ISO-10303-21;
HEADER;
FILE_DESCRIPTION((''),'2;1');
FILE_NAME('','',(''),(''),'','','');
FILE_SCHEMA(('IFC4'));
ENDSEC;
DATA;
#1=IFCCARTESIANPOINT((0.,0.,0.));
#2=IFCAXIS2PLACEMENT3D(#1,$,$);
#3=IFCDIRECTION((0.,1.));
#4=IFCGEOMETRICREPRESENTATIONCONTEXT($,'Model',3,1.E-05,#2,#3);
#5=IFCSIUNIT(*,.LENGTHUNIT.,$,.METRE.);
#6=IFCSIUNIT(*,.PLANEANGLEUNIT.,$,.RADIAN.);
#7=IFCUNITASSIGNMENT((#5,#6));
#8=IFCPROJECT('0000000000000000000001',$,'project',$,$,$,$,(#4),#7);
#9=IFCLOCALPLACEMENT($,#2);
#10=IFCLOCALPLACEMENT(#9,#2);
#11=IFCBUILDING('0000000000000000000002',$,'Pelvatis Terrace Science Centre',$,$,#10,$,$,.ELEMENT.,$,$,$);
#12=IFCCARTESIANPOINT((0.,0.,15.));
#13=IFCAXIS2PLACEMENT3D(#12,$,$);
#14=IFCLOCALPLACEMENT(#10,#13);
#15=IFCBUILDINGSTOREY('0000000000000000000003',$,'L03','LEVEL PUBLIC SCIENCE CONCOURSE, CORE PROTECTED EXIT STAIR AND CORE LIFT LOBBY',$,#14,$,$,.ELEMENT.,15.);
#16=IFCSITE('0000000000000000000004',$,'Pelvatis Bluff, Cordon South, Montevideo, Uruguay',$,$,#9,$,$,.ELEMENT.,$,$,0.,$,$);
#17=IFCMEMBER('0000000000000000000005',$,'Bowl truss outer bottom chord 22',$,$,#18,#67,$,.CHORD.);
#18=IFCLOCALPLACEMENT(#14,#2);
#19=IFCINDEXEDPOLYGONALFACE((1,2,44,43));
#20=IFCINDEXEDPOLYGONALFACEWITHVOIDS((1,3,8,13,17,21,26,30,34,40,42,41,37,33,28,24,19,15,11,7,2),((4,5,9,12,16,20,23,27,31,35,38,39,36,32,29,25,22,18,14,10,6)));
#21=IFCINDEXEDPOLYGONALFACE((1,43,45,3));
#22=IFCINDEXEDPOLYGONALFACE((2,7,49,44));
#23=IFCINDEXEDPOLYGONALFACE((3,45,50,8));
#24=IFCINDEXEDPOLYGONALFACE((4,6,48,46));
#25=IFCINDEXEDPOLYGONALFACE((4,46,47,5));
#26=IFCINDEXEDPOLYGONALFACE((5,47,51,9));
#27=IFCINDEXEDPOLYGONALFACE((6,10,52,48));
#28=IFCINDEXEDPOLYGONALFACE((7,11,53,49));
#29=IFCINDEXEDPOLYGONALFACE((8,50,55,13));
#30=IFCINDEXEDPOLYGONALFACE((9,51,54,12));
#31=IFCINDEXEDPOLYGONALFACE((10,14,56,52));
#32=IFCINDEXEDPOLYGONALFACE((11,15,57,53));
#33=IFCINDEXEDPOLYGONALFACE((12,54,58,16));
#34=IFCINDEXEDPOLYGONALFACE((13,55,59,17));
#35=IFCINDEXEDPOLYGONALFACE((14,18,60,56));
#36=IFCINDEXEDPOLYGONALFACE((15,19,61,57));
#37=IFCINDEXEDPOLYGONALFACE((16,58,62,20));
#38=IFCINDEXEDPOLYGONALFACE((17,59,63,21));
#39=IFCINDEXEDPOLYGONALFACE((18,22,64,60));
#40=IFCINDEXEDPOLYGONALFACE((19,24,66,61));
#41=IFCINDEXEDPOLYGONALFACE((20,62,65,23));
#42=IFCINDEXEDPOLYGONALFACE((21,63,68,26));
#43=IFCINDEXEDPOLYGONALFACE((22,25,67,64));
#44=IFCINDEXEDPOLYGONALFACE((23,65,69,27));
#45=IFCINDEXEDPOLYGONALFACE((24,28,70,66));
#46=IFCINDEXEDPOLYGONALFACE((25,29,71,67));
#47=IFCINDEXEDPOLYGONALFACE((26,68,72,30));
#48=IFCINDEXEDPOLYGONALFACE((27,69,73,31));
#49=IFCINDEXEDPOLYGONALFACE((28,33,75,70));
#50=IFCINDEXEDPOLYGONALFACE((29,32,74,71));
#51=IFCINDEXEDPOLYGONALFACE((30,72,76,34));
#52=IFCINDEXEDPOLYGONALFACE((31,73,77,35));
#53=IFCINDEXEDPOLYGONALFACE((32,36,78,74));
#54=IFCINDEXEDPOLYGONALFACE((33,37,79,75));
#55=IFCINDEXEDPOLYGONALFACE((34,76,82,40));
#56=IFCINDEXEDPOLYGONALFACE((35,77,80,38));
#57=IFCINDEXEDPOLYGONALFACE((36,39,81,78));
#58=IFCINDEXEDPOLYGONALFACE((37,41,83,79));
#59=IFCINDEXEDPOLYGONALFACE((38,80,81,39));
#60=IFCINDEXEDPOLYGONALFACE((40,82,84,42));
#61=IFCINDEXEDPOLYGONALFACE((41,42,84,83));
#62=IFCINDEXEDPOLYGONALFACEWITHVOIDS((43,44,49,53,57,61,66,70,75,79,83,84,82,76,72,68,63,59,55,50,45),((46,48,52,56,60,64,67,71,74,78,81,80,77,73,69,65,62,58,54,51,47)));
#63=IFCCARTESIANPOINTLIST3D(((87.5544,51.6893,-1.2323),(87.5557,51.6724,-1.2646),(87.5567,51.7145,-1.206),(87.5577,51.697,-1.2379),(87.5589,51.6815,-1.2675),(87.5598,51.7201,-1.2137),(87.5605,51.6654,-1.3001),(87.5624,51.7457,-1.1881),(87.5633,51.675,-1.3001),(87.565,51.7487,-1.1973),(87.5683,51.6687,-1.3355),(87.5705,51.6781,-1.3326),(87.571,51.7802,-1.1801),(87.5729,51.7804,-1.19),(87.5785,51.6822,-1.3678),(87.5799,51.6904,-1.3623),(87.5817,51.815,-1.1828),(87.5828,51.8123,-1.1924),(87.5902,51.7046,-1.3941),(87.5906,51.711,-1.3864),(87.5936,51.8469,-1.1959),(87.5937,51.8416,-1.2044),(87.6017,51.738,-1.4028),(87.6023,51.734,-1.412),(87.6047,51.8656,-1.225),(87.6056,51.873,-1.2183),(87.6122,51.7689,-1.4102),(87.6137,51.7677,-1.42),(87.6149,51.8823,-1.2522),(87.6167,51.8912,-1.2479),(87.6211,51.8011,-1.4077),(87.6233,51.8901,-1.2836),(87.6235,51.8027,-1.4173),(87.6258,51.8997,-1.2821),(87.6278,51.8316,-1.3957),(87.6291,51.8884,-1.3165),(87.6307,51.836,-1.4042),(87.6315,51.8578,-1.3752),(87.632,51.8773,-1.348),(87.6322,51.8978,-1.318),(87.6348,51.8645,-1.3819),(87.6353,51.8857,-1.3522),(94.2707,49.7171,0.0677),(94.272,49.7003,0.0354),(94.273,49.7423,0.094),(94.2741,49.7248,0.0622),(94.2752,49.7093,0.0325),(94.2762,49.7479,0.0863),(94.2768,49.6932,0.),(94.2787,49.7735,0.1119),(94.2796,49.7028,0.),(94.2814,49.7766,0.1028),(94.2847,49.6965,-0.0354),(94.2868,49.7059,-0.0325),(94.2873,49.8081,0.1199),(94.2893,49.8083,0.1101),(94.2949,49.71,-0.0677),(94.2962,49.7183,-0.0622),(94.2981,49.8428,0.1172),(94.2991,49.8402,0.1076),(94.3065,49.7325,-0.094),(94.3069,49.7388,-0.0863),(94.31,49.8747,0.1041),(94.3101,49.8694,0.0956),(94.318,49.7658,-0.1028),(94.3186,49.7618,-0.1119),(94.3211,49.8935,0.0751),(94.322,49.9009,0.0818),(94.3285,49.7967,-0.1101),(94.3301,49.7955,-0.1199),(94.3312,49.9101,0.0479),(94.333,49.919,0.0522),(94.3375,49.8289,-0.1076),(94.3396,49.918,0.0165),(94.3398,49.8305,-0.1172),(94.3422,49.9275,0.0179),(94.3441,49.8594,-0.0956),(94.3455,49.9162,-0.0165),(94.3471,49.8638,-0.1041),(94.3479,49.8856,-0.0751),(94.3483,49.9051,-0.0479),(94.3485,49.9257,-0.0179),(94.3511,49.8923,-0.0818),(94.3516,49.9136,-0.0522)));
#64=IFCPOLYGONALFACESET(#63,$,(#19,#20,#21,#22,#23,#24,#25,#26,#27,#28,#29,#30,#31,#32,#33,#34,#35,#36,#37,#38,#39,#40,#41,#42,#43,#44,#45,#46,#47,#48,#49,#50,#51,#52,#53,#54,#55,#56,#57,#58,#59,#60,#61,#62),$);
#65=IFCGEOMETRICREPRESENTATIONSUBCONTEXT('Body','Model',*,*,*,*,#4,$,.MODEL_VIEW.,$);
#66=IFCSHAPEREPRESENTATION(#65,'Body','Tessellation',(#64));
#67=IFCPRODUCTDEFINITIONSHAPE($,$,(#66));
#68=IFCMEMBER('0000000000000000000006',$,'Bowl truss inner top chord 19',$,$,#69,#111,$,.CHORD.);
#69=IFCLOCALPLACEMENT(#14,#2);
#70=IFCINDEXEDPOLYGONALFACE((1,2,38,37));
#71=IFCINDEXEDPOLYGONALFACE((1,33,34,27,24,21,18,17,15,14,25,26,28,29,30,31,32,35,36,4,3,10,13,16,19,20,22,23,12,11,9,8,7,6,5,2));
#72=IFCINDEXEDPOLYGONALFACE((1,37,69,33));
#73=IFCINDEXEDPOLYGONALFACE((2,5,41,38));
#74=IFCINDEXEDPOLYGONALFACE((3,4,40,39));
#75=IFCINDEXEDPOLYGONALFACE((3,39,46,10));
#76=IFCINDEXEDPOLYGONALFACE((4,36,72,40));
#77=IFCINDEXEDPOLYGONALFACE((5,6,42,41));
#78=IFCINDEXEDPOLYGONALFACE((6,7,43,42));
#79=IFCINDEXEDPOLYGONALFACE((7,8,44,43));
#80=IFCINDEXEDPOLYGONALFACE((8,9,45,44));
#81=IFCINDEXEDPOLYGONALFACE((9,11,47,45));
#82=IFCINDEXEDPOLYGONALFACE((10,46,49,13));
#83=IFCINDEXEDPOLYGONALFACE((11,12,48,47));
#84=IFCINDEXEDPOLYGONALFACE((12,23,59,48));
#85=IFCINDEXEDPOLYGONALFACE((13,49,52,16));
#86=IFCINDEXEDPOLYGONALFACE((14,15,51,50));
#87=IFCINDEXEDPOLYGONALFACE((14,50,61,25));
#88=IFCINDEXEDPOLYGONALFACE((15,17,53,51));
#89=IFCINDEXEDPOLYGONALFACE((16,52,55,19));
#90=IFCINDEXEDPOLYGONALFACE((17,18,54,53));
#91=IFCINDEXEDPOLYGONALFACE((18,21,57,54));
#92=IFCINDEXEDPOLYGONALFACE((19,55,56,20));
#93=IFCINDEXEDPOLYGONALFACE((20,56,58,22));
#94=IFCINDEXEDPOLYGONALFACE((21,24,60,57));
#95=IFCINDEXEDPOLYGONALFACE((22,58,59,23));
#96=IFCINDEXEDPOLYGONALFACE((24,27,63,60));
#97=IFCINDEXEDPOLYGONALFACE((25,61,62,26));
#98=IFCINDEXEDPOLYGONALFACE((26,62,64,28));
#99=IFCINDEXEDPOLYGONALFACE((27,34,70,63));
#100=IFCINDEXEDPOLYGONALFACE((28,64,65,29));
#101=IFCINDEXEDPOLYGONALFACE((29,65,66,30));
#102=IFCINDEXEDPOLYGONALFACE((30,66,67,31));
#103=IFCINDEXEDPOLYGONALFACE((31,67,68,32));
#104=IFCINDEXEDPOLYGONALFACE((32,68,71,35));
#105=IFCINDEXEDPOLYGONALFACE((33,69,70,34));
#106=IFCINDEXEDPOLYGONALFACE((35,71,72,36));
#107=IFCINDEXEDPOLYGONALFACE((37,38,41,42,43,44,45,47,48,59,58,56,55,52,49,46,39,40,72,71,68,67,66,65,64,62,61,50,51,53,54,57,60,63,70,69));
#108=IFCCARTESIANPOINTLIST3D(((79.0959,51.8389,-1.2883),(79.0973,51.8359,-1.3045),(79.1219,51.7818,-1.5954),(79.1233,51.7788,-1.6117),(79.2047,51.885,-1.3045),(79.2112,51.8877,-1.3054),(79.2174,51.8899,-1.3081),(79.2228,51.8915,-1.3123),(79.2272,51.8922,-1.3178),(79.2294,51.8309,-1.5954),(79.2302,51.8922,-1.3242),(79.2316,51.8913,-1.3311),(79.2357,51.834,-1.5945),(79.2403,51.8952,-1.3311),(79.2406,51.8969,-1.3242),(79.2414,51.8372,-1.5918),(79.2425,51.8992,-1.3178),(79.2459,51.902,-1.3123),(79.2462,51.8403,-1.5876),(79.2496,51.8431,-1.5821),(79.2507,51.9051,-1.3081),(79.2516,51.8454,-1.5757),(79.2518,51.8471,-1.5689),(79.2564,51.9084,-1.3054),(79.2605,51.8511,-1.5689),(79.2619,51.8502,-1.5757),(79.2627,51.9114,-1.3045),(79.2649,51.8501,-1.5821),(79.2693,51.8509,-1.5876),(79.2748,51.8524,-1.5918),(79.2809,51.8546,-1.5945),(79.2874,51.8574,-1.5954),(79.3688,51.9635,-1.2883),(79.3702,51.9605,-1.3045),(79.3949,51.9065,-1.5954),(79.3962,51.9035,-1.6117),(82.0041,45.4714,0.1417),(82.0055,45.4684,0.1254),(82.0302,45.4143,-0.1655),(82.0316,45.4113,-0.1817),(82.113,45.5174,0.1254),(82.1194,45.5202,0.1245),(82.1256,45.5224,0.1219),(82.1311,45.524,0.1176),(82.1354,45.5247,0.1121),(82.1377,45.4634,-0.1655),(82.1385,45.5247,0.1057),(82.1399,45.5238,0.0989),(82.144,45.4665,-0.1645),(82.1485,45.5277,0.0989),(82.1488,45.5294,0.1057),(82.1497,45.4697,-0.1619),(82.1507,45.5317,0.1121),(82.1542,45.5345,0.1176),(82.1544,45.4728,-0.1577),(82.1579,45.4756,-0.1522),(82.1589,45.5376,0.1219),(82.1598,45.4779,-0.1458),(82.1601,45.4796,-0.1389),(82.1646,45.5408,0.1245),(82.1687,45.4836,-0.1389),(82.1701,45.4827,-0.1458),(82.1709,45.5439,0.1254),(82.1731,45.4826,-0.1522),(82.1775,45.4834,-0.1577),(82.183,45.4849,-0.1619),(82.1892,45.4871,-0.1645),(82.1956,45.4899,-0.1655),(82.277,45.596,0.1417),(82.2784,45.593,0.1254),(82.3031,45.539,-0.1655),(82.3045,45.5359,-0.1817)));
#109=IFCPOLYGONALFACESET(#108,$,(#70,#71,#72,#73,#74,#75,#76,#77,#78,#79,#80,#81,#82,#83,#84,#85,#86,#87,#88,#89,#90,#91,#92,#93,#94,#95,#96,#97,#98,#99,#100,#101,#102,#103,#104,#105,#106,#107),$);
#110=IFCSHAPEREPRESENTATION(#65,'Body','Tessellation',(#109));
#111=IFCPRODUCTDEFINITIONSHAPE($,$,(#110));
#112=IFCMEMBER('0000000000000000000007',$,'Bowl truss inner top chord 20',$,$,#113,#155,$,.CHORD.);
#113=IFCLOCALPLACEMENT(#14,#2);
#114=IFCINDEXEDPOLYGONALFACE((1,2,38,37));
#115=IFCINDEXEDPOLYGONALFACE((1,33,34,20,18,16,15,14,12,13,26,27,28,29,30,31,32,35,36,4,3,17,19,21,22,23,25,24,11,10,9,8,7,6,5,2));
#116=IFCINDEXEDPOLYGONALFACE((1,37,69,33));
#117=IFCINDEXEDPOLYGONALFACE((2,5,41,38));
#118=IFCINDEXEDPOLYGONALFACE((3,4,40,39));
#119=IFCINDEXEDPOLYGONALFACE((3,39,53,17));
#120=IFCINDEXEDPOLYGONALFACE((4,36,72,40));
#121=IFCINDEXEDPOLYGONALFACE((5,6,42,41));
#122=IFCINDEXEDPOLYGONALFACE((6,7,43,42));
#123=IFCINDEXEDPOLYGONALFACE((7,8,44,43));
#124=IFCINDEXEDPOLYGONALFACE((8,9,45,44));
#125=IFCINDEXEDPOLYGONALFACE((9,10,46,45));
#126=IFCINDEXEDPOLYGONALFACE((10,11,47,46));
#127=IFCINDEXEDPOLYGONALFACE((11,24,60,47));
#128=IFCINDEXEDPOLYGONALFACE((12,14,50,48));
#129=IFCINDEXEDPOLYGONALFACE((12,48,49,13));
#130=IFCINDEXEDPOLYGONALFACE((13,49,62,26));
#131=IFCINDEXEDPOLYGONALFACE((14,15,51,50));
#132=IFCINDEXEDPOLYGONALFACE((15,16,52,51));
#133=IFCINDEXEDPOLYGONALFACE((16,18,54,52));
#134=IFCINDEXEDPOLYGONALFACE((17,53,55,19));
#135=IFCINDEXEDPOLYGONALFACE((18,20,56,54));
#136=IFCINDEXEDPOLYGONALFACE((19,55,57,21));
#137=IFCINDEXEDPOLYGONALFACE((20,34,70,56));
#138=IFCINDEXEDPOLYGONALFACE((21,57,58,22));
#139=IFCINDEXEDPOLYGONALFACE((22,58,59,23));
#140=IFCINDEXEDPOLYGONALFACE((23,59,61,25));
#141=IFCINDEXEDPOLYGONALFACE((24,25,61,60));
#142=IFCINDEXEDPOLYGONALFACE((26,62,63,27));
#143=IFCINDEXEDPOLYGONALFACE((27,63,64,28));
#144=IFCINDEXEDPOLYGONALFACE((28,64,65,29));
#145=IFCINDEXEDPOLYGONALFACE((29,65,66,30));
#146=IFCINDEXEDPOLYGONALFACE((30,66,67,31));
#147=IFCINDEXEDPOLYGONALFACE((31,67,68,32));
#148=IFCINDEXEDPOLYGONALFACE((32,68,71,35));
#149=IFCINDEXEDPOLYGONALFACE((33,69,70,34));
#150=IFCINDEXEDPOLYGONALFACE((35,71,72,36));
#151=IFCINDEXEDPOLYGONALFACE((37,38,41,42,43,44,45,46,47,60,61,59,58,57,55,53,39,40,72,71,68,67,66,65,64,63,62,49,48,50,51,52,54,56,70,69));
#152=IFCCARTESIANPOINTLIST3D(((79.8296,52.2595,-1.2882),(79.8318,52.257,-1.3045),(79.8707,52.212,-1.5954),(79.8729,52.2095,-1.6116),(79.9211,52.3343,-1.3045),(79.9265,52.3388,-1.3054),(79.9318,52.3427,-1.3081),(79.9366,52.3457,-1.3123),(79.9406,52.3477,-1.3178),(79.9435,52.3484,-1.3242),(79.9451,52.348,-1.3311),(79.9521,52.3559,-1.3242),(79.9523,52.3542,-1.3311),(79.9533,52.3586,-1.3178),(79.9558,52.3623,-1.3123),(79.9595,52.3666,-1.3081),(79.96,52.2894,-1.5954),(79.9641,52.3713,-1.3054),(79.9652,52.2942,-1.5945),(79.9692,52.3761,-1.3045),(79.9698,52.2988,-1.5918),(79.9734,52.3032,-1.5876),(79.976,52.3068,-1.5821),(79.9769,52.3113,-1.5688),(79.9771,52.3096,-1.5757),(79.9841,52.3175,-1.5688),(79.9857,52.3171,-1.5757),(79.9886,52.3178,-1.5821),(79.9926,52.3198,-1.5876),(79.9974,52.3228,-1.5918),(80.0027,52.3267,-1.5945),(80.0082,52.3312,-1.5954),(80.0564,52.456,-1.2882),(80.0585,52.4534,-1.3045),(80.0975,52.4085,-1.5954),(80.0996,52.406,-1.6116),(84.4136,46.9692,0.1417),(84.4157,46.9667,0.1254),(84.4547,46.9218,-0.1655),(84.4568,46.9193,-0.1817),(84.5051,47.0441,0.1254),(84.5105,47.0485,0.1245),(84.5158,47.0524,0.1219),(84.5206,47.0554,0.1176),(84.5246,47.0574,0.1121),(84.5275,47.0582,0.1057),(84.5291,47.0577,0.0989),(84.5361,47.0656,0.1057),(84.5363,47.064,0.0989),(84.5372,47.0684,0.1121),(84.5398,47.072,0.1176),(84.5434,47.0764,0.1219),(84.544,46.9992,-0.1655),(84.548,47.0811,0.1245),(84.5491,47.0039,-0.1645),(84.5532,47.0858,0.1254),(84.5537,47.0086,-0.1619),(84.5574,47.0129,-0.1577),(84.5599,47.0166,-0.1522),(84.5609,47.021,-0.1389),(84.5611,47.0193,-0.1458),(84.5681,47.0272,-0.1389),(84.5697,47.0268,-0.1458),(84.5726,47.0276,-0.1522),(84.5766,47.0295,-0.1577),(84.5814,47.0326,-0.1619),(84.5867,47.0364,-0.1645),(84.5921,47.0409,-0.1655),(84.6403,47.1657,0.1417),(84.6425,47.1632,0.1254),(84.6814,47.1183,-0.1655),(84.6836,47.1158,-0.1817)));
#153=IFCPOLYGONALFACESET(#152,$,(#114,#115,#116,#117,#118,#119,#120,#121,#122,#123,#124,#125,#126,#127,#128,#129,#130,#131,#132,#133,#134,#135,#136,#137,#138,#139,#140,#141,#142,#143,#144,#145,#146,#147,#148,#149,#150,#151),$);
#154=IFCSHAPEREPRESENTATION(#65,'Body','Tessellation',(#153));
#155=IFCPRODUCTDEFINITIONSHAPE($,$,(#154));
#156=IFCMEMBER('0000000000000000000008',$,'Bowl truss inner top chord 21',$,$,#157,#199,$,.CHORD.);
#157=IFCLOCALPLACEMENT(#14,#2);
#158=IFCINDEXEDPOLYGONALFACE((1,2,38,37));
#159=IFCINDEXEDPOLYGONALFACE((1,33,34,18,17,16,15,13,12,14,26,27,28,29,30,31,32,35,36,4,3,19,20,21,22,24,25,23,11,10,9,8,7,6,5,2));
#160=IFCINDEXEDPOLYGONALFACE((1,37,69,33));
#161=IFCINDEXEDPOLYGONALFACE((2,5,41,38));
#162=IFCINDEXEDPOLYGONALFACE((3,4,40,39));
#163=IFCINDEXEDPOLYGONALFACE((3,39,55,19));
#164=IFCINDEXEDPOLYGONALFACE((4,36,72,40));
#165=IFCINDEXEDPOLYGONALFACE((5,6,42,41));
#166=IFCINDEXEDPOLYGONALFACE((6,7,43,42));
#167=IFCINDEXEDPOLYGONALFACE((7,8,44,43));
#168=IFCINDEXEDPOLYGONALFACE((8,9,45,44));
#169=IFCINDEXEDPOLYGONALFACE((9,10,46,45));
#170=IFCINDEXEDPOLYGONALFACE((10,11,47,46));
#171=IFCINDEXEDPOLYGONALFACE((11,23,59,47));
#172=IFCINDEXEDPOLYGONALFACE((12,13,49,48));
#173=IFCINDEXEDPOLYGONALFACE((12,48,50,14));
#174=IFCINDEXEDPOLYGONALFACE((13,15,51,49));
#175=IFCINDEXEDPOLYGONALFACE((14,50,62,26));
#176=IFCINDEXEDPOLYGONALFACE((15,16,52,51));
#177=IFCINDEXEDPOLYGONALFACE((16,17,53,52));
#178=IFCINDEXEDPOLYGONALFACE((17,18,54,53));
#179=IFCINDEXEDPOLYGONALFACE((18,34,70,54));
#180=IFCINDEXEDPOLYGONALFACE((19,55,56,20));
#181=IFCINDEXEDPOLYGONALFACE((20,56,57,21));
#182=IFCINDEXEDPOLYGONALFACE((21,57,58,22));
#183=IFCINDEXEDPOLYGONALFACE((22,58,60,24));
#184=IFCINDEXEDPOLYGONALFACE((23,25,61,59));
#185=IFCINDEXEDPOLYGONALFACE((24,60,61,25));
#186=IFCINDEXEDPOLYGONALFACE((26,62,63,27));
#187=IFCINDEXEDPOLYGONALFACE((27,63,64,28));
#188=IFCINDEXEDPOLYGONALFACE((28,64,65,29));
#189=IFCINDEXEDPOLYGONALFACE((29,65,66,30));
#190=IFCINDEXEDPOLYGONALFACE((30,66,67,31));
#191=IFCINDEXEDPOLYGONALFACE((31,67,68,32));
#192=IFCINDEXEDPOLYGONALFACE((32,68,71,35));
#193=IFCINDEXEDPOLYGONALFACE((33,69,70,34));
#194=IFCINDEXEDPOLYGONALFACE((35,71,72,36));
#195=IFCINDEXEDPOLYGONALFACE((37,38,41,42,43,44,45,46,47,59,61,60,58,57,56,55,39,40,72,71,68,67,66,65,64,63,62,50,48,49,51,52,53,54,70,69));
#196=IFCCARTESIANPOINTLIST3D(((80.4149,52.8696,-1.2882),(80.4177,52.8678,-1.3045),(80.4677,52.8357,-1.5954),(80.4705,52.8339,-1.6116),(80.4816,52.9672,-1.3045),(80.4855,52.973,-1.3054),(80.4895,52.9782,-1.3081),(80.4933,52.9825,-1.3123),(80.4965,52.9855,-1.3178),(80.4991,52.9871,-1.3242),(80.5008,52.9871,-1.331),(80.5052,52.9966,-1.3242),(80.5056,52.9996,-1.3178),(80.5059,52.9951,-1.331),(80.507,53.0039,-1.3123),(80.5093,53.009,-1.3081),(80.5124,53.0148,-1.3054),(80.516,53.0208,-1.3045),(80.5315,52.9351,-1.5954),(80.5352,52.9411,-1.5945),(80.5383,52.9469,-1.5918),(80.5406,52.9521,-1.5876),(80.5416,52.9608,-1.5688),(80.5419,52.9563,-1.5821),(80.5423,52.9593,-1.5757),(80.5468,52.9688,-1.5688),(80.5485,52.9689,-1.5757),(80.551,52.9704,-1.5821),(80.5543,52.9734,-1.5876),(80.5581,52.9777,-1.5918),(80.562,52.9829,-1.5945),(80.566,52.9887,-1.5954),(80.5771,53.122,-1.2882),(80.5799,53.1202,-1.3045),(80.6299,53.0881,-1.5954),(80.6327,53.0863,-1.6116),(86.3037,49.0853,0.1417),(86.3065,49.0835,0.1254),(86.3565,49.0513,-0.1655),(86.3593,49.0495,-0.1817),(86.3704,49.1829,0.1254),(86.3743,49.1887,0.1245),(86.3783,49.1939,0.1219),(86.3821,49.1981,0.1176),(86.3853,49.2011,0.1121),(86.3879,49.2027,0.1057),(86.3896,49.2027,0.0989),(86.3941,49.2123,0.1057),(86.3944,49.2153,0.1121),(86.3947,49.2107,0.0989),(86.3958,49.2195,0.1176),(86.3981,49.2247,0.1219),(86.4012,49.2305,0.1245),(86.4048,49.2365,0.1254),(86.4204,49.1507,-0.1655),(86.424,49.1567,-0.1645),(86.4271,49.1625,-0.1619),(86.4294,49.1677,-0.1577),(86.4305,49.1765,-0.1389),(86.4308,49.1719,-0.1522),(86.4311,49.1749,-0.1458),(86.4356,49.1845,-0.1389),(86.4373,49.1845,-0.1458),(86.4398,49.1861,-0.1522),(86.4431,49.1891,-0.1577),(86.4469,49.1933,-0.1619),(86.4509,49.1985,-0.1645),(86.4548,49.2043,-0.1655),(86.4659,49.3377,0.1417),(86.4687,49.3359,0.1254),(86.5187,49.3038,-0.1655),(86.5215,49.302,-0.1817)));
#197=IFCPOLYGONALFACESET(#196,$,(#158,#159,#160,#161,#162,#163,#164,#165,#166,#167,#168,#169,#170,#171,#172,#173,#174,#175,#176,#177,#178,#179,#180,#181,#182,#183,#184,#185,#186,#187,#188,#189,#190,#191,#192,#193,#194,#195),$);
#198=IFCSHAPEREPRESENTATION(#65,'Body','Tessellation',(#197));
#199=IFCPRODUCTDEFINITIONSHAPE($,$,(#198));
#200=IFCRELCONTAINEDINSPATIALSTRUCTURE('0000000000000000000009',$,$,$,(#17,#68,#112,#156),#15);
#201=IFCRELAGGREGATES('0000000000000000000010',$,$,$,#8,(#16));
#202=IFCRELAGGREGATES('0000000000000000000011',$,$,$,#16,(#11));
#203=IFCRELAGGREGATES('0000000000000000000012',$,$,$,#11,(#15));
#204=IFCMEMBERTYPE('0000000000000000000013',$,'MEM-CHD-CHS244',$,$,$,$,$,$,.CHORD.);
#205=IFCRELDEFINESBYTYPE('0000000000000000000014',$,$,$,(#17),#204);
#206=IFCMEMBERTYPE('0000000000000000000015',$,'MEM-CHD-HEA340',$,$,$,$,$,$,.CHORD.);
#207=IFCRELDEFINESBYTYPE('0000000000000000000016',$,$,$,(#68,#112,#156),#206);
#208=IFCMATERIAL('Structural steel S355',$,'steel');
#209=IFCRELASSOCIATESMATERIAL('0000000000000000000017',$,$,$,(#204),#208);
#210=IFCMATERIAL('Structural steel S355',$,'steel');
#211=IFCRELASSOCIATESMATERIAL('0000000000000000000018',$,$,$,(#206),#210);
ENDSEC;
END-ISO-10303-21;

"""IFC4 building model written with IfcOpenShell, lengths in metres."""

from ifc_helpers import new_model, si_unit, direction, frame, origin, origin_2d, place, context, subcontext, project, spatial, hollow_circle, i_section, extrude, material, material_profile, profile_set, type_object, element, save


model = new_model("IFC4")

# Units and contexts
model_context = context("Model", 3, precision=1e-05, world=origin(), true_north=direction((0.0, 1.0)))
body_context = subcontext(model_context, "Body", "Model", "MODEL_VIEW")
ifc_project = project(units=[si_unit("LENGTHUNIT", "METRE"), si_unit("PLANEANGLEUNIT", "RADIAN")], contexts=[model_context])

# Site, building, storey
site_placement = place(None, origin())
site = spatial("IfcSite", under=ifc_project, at=site_placement, Name="Pelvatis Bluff, Cordon South, Montevideo, Uruguay", CompositionType="ELEMENT", RefElevation=0.0)
building_placement = place(site_placement, origin())
building = spatial("IfcBuilding", under=site, at=building_placement, Name="Pelvatis Terrace Science Centre", CompositionType="ELEMENT")
storey_placement = place(building_placement, frame((0.0, 0.0, 15.0)))
storey = spatial("IfcBuildingStorey", under=building, at=storey_placement, Name="L03", Description="LEVEL PUBLIC SCIENCE CONCOURSE, CORE PROTECTED EXIT STAIR AND CORE LIFT LOBBY", CompositionType="ELEMENT", Elevation=15.0)

# Members
ifc_material_1 = material(Name="Structural steel S355", Category="steel")
ifc_material_profile_1 = material_profile(ifc_material_1, hollow_circle(Radius=0.1223, WallThickness=0.01, at=origin_2d()), Name="CHS 244.5x10.0")
ifc_profile_set_1 = profile_set([ifc_material_profile_1], Name="Structural steel S355")
member_type_1 = type_object("IfcMemberType", Name="MEM-CHD-CHS244", PredefinedType="CHORD", material=ifc_profile_set_1)
member_1_placement = place(storey_placement, frame((94.3113, 49.8105, 0.0), z_axis=(-0.943358, 0.277006, -0.182602), x_axis=(-0.281743, -0.95949, 0.0)))
element("IfcMember", 1, at=member_1_placement, inside=storey, type_object=member_type_1, Name="Bowl truss outer bottom chord 22", PredefinedType="CHORD", context=body_context, shape_type="SweptSolid", body=[
    extrude(hollow_circle(Radius=0.1223, WallThickness=0.01, at=origin_2d()), origin(), (0.0, 0.0, 1.0), 7.1196),
])
ifc_material_2 = material(Name="Structural steel S355", Category="steel")
ifc_material_profile_2 = material_profile(ifc_material_2, i_section(OverallWidth=0.3, OverallDepth=0.3301, WebThickness=0.0095, FlangeThickness=0.0166, FilletRadius=0.0271, at=origin_2d()), Name="HEA 340")
ifc_profile_set_2 = profile_set([ifc_material_profile_2], Name="Structural steel S355")
member_type_2 = type_object("IfcMemberType", Name="MEM-CHD-HEA340", PredefinedType="CHORD", material=ifc_profile_set_2)
member_2_placement = place(storey_placement, frame((82.1543, 45.5037, -0.02), z_axis=(-0.407044, 0.891212, -0.200139), x_axis=(-0.909616, -0.41545, 0.0)))
element("IfcMember", 2, at=member_2_placement, inside=storey, type_object=member_type_2, Name="Bowl truss inner top chord 19", PredefinedType="CHORD", context=body_context, shape_type="SweptSolid", body=[
    extrude(i_section(OverallWidth=0.3, OverallDepth=0.3301, WebThickness=0.0095, FlangeThickness=0.0166, FilletRadius=0.0271, at=origin_2d()), origin(), (0.0, 0.0, 1.0), 7.1448),
])
for number, where, z_axis, x_axis, name in (
    (3, (84.5486, 47.0425, -0.02), (-0.641605, 0.740463, -0.200143), (-0.755755, -0.654855, 0.0), "Bowl truss inner top chord 20"),
    (4, (86.4126, 49.1936, -0.02), (-0.824242, 0.529687, -0.20014), (-0.540625, -0.841263, 0.0), "Bowl truss inner top chord 21"),
):
    element("IfcMember", number, at=place(storey_placement, frame(where, z_axis=z_axis, x_axis=x_axis)), inside=storey, type_object=member_type_2, Name=name, PredefinedType="CHORD", context=body_context, shape_type="SweptSolid", body=[
        extrude(i_section(OverallWidth=0.3, OverallDepth=0.3301, WebThickness=0.0095, FlangeThickness=0.0166, FilletRadius=0.0271, at=origin_2d()), origin(), (0.0, 0.0, 1.0), 7.1445),
    ])

save(model, "model.ifc")
